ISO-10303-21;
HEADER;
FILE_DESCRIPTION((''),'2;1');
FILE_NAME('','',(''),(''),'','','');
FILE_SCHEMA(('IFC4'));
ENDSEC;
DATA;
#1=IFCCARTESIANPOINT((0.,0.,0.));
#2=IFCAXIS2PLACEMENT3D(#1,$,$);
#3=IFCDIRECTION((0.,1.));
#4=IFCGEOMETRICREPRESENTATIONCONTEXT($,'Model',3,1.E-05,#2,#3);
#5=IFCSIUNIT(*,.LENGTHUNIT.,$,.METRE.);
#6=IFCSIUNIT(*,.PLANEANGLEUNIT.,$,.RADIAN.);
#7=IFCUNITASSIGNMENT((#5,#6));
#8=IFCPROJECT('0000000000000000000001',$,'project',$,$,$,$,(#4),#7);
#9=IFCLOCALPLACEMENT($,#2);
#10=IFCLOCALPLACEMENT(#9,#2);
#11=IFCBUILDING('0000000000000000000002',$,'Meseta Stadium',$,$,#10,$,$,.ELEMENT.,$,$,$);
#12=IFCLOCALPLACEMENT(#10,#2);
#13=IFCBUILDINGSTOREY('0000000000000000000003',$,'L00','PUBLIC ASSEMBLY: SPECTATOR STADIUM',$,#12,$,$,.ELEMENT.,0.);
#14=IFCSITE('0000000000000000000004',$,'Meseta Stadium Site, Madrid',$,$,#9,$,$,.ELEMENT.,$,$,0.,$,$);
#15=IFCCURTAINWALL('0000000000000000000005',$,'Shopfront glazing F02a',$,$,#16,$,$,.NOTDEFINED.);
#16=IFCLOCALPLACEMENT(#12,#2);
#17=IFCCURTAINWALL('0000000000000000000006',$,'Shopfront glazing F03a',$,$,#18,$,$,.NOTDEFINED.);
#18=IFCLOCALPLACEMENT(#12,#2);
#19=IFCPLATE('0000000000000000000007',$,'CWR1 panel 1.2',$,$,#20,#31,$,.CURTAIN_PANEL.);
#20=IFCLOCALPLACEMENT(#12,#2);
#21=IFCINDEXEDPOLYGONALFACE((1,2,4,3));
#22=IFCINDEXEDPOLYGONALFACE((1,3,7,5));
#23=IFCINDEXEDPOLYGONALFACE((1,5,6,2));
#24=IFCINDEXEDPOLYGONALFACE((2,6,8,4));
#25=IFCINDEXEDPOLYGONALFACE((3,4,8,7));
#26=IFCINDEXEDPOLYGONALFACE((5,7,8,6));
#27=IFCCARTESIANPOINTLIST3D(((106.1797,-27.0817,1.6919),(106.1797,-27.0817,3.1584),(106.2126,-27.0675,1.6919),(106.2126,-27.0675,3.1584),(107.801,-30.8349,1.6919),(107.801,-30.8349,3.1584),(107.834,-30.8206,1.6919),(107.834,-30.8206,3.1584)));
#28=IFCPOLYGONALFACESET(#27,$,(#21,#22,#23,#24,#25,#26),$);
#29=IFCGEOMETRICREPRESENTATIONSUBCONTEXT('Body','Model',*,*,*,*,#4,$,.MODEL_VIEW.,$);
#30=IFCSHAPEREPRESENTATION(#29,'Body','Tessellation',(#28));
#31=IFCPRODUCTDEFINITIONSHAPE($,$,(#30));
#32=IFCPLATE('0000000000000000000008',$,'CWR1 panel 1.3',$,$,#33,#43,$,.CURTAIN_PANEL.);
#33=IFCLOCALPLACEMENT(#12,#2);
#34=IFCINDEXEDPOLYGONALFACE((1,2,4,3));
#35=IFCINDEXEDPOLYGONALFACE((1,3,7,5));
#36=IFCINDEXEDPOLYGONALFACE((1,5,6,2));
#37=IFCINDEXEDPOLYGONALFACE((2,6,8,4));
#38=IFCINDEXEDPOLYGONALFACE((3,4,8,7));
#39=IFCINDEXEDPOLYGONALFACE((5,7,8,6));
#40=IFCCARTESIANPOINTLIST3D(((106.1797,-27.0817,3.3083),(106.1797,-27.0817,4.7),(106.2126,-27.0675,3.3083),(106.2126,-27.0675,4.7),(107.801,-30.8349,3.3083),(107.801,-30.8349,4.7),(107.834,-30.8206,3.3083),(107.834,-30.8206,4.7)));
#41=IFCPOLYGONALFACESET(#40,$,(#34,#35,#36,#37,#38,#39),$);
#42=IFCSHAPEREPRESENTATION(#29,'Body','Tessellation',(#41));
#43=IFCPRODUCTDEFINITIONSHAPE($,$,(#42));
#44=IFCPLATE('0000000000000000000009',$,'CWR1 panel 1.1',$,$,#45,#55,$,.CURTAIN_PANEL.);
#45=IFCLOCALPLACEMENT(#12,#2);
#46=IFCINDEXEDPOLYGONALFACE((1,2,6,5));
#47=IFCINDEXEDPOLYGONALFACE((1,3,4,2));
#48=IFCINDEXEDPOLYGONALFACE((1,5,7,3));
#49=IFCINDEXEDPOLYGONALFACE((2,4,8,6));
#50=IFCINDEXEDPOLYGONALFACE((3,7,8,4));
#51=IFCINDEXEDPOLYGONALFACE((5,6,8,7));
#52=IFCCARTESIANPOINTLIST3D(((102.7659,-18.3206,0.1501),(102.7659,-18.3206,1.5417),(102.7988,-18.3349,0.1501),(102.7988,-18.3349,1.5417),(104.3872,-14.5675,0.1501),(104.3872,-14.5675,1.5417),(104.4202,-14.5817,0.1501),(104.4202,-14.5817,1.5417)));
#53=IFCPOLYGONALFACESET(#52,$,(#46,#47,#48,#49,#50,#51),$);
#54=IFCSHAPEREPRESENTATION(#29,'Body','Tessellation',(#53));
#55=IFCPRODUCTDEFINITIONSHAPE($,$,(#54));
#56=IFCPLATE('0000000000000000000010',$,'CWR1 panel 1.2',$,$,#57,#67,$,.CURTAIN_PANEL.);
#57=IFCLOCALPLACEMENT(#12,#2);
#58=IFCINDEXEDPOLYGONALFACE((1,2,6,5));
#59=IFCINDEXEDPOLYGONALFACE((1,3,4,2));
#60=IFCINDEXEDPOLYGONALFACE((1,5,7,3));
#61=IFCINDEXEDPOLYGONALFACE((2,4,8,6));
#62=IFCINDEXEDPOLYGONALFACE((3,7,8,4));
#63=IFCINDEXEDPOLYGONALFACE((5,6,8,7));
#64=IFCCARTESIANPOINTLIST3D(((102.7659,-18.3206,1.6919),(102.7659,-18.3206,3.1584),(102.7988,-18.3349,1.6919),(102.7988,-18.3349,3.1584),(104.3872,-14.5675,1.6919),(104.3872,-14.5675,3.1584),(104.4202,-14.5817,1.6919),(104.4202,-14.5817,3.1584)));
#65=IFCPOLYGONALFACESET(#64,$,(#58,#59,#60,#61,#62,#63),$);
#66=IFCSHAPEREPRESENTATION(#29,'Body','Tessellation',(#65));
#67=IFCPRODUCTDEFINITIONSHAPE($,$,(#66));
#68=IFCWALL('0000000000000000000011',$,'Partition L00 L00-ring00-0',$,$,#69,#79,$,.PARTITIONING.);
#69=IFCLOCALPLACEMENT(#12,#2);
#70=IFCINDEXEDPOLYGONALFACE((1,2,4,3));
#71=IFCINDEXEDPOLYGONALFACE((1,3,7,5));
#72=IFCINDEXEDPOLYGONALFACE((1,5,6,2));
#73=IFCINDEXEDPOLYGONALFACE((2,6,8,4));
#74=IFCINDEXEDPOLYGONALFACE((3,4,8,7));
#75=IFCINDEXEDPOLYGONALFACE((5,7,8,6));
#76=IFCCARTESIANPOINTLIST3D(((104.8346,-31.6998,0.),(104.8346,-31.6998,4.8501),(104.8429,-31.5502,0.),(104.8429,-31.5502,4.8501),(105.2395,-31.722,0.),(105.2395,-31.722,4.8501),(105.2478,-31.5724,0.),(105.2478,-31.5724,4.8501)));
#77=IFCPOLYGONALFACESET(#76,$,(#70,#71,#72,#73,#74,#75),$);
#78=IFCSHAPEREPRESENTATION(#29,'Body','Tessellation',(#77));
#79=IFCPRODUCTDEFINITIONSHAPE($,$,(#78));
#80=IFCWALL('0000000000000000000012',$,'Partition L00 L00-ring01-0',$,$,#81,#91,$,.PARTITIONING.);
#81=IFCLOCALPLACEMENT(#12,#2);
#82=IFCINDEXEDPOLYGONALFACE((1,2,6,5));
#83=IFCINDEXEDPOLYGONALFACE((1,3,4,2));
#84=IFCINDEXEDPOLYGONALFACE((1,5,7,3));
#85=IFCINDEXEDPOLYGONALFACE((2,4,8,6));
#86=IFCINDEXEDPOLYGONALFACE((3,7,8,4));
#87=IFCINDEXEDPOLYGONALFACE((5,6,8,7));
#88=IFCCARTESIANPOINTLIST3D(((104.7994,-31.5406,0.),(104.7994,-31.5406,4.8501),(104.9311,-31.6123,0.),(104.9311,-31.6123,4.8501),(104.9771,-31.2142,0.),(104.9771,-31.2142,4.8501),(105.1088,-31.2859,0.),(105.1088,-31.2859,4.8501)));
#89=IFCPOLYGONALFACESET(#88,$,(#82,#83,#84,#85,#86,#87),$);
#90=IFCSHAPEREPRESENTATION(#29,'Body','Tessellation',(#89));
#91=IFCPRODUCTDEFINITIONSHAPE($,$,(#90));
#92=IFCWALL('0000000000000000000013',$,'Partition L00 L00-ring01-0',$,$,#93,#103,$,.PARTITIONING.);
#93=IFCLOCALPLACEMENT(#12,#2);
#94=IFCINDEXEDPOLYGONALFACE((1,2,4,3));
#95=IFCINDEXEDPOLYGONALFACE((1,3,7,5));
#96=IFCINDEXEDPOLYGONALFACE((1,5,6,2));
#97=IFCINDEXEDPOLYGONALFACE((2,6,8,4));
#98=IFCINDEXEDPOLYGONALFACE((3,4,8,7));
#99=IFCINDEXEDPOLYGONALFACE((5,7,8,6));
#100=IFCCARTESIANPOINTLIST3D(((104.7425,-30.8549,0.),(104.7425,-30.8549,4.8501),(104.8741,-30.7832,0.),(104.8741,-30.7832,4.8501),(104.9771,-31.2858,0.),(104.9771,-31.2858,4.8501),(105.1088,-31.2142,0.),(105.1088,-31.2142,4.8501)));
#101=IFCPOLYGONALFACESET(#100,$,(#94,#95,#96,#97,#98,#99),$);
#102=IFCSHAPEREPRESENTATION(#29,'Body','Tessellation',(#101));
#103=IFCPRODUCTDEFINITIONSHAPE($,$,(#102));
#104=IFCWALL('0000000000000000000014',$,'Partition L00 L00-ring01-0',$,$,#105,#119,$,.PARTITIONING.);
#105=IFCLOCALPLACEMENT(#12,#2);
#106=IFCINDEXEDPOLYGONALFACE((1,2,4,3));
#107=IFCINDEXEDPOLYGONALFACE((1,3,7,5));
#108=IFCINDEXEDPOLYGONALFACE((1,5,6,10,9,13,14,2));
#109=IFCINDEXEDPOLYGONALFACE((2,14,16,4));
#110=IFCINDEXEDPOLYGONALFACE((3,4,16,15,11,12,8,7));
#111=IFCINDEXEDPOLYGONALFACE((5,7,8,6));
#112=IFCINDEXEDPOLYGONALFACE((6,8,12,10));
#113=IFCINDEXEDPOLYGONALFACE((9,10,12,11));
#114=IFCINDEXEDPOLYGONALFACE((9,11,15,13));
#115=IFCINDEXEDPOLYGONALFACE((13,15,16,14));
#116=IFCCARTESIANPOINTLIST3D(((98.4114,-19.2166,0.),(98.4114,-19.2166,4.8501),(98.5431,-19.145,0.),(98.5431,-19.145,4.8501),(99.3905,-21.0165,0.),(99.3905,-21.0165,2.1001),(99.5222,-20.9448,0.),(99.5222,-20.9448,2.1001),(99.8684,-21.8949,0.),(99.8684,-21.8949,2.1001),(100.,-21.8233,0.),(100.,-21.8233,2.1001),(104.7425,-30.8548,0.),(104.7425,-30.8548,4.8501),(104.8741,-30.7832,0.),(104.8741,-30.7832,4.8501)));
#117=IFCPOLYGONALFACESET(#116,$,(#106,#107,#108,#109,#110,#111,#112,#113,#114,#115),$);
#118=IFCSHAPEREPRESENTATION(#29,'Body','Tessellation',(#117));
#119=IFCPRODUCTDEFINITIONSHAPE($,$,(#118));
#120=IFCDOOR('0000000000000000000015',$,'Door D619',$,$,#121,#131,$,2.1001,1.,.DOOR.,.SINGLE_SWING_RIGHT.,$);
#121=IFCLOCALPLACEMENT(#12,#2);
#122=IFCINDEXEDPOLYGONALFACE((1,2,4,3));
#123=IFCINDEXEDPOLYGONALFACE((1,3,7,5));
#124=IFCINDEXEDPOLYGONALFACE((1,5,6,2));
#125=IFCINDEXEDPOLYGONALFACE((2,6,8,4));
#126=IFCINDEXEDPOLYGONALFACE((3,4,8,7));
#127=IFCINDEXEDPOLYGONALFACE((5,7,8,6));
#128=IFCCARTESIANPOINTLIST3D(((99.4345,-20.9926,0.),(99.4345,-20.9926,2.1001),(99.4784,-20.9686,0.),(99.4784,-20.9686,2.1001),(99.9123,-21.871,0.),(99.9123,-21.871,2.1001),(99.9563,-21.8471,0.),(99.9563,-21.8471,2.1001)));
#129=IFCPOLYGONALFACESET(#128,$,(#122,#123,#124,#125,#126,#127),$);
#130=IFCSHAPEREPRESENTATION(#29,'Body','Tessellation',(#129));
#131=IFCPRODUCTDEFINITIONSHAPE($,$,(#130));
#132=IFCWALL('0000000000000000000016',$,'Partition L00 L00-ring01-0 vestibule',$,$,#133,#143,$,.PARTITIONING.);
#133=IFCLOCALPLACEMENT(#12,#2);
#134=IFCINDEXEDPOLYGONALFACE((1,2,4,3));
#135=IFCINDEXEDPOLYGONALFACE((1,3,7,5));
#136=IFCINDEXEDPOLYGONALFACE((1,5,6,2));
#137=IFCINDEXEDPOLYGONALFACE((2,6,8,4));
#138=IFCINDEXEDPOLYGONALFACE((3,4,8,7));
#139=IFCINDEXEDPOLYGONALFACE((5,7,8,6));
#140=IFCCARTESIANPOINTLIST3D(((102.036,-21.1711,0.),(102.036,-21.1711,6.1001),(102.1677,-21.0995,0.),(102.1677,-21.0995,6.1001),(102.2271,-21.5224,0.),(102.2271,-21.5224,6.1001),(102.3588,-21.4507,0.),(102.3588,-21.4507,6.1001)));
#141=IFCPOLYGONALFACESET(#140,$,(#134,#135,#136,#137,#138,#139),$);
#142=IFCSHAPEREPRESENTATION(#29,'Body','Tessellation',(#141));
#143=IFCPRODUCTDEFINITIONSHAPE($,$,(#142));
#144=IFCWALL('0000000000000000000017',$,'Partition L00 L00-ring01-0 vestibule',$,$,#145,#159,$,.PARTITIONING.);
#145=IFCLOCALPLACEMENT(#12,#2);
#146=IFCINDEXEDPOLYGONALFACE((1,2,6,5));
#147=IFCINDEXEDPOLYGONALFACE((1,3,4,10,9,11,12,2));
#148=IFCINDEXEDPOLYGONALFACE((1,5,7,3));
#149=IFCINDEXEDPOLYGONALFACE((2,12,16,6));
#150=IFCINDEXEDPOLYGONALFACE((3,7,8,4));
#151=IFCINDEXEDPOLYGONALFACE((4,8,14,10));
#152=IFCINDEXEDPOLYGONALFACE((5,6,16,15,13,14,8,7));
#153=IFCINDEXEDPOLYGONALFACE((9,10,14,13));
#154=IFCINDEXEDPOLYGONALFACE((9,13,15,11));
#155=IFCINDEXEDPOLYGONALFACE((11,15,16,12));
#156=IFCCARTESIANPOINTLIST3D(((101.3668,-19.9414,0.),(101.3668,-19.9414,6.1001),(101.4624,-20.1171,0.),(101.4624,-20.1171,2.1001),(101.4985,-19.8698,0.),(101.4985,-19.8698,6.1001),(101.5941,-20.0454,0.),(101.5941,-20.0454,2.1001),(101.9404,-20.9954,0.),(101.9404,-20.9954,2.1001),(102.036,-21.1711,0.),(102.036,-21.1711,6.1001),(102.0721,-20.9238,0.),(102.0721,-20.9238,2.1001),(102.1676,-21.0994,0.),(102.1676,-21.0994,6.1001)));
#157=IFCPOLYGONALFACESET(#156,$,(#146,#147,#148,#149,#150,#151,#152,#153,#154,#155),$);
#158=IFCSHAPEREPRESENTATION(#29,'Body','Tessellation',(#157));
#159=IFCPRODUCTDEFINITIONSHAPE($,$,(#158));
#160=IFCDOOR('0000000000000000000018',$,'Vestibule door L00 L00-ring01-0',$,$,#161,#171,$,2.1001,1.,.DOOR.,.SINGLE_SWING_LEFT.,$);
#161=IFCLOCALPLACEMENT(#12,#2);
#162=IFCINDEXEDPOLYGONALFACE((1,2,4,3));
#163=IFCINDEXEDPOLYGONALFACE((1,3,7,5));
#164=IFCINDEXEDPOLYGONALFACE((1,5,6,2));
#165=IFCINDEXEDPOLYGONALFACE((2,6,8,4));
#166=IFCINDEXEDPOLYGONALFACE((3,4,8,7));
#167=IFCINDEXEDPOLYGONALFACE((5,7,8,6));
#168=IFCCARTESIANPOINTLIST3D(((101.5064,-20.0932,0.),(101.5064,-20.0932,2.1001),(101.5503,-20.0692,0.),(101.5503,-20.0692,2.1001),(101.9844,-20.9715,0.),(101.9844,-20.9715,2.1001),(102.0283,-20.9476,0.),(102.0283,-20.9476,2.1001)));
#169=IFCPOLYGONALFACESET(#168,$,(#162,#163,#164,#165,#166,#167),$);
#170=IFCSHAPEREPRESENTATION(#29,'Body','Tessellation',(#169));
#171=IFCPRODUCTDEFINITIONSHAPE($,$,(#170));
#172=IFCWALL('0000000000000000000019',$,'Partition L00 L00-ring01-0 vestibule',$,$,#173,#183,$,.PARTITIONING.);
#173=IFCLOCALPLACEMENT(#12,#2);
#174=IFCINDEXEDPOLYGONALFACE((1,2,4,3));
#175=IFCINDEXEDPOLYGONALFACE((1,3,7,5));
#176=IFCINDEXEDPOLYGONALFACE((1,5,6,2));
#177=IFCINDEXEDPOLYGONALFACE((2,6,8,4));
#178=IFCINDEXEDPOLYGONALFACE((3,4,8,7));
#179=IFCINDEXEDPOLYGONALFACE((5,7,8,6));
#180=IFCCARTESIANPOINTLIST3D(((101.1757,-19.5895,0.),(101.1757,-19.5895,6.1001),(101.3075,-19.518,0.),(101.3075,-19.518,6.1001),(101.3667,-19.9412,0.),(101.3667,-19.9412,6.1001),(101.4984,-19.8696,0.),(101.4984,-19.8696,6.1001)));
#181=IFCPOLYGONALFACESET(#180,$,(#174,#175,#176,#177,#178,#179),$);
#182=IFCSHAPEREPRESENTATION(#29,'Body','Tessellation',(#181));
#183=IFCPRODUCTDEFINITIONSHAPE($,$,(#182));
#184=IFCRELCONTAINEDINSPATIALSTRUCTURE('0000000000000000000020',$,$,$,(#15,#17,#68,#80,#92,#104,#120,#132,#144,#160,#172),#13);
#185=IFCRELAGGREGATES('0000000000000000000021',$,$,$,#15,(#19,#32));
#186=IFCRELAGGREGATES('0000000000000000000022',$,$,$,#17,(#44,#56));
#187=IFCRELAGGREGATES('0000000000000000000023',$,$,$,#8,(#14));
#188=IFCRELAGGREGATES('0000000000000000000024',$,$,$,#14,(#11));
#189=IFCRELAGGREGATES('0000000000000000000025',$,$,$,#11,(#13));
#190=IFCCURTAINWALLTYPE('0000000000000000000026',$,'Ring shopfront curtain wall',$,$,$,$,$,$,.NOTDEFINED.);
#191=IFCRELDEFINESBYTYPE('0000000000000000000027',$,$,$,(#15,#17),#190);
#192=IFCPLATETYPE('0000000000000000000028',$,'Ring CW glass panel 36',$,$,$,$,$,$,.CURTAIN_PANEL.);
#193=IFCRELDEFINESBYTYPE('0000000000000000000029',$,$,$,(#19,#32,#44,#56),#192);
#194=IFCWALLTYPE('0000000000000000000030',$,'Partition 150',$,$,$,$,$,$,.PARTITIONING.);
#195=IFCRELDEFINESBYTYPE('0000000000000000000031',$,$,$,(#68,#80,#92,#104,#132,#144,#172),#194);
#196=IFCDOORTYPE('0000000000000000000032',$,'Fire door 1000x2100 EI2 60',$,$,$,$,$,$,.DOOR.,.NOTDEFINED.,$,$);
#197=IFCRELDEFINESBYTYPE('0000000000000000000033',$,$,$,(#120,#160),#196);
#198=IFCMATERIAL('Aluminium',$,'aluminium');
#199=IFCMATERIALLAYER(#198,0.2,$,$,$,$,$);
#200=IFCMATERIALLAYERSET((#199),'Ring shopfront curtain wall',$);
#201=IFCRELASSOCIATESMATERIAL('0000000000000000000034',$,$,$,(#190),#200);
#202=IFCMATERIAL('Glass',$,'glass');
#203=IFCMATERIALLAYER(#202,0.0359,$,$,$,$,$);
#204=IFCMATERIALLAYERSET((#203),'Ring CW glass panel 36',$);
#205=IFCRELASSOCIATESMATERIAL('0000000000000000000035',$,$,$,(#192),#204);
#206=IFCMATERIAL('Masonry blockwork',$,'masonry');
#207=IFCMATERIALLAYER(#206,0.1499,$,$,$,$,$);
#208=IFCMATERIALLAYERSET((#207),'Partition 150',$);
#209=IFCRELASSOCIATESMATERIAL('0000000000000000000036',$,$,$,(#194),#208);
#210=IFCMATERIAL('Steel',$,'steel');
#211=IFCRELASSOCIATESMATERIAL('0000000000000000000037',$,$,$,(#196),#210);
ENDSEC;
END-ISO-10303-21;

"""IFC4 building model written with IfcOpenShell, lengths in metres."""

from ifc_helpers import new_model, si_unit, direction, frame, frame_2d, origin, origin_2d, place, context, subcontext, project, spatial, rectangle, extrude, material, layer, layer_set, type_object, element, fill, aggregate, save


model = new_model("IFC4")

# Units and contexts
model_context = context("Model", 3, precision=1e-05, world=origin(), true_north=direction((0.0, 1.0)))
body_context = subcontext(model_context, "Body", "Model", "MODEL_VIEW")
ifc_project = project(units=[si_unit("LENGTHUNIT", "METRE"), si_unit("PLANEANGLEUNIT", "RADIAN")], contexts=[model_context])

# Site, building, storey
site_placement = place(None, origin())
site = spatial("IfcSite", under=ifc_project, at=site_placement, Name="Meseta Stadium Site, Madrid", CompositionType="ELEMENT", RefElevation=0.0)
building_placement = place(site_placement, origin())
building = spatial("IfcBuilding", under=site, at=building_placement, Name="Meseta Stadium", CompositionType="ELEMENT")
storey_placement = place(building_placement, origin())
storey = spatial("IfcBuildingStorey", under=building, at=storey_placement, Name="L00", Description="PUBLIC ASSEMBLY: SPECTATOR STADIUM", CompositionType="ELEMENT", Elevation=0.0)

# Shared definitions
ifc_material_1 = material(Name="Aluminium", Category="aluminium")
ifc_layer_1 = layer(ifc_material_1, 0.2)
ifc_layer_set_1 = layer_set([ifc_layer_1], Name="Ring shopfront curtain wall")
curtain_wall_type = type_object("IfcCurtainWallType", Name="Ring shopfront curtain wall", PredefinedType="NOTDEFINED", material=ifc_layer_set_1)

# Curtain wall
curtain_wall_1_placement = place(storey_placement, origin())
curtain_wall_1 = element("IfcCurtainWall", 1, at=curtain_wall_1_placement, inside=storey, type_object=curtain_wall_type, Name="Shopfront glazing F02a", PredefinedType="NOTDEFINED")

# Curtain wall
curtain_wall_2_placement = place(storey_placement, origin())
curtain_wall_2 = element("IfcCurtainWall", 2, at=curtain_wall_2_placement, inside=storey, type_object=curtain_wall_type, Name="Shopfront glazing F03a", PredefinedType="NOTDEFINED")

# Plates
ifc_material_2 = material(Name="Glass", Category="glass")
ifc_layer_2 = layer(ifc_material_2, 0.0359)
ifc_layer_set_2 = layer_set([ifc_layer_2], Name="Ring CW glass panel 36")
plate_type = type_object("IfcPlateType", Name="Ring CW glass panel 36", PredefinedType="CURTAIN_PANEL", material=ifc_layer_set_2)
plate_1_placement = place(storey_placement, frame((107.0068, -28.9512, 1.6919), z_axis=(0.0, 0.0, 1.0), x_axis=(-0.396576, 0.918002, 0.0)))
plate_1 = element("IfcPlate", 3, at=plate_1_placement, type_object=plate_type, Name="CWR1 panel 1.2", PredefinedType="CURTAIN_PANEL", context=body_context, shape_type="SweptSolid", body=[
    extrude(rectangle(XDim=4.0884, YDim=0.0359, at=origin_2d()), origin(), (0.0, 0.0, 1.0), 1.4666),
])
plate_2_placement = place(storey_placement, frame((107.0068, -28.9512, 3.3083), z_axis=(0.0, 0.0, 1.0), x_axis=(-0.396576, 0.918002, 0.0)))
plate_2 = element("IfcPlate", 4, at=plate_2_placement, type_object=plate_type, Name="CWR1 panel 1.3", PredefinedType="CURTAIN_PANEL", context=body_context, shape_type="SweptSolid", body=[
    extrude(rectangle(XDim=4.0884, YDim=0.0359, at=origin_2d()), origin(), (0.0, 0.0, 1.0), 1.3916),
])
aggregate(curtain_wall_1, [plate_1, plate_2])
plate_3_placement = place(storey_placement, frame((103.593, -16.4512, 0.1501), z_axis=(0.0, 0.0, 1.0), x_axis=(0.396576, 0.918002, 0.0)))
plate_3 = element("IfcPlate", 5, at=plate_3_placement, type_object=plate_type, Name="CWR1 panel 1.1", PredefinedType="CURTAIN_PANEL", context=body_context, shape_type="SweptSolid", body=[
    extrude(rectangle(XDim=4.0884, YDim=0.0359, at=origin_2d()), origin(), (0.0, 0.0, 1.0), 1.3916),
])
plate_4_placement = place(storey_placement, frame((103.593, -16.4512, 1.6919), z_axis=(0.0, 0.0, 1.0), x_axis=(0.396576, 0.918002, 0.0)))
plate_4 = element("IfcPlate", 6, at=plate_4_placement, type_object=plate_type, Name="CWR1 panel 1.2", PredefinedType="CURTAIN_PANEL", context=body_context, shape_type="SweptSolid", body=[
    extrude(rectangle(XDim=4.0884, YDim=0.0359, at=origin_2d()), origin(), (0.0, 0.0, 1.0), 1.4666),
])
aggregate(curtain_wall_2, [plate_3, plate_4])

# Walls
ifc_material_3 = material(Name="Masonry blockwork", Category="masonry")
ifc_layer_3 = layer(ifc_material_3, 0.1499)
ifc_layer_set_3 = layer_set([ifc_layer_3], Name="Partition 150")
wall_type_1 = type_object("IfcWallType", Name="Partition 150", PredefinedType="PARTITIONING", material=ifc_layer_set_3)
wall_1_placement = place(storey_placement, frame((104.8389, -31.625, 0.0), z_axis=(0.0, 0.0, 1.0), x_axis=(0.998499, -0.05477, 0.0)))
element("IfcWall", 7, at=wall_1_placement, inside=storey, type_object=wall_type_1, Name="Partition L00 L00-ring00-0", PredefinedType="PARTITIONING", context=body_context, shape_type="SweptSolid", body=[
    extrude(rectangle(XDim=0.4055, YDim=0.1499, at=frame_2d((0.2026, 0.0))), origin(), (0.0, 0.0, 1.0), 4.8501),
])
wall_2_placement = place(storey_placement, frame((104.8652, -31.5764, 0.0), z_axis=(0.0, 0.0, 1.0), x_axis=(0.478208, 0.878247, 0.0)))
element("IfcWall", 8, at=wall_2_placement, inside=storey, type_object=wall_type_1, Name="Partition L00 L00-ring01-0", PredefinedType="PARTITIONING", context=body_context, shape_type="SweptSolid", body=[
    extrude(rectangle(XDim=0.3716, YDim=0.1499, at=frame_2d((0.1858, 0.0))), origin(), (0.0, 0.0, 1.0), 4.8501),
])
wall_3_placement = place(storey_placement, frame((105.043, -31.25, 0.0), z_axis=(0.0, 0.0, 1.0), x_axis=(-0.47819, 0.878257, 0.0)))
element("IfcWall", 9, at=wall_3_placement, inside=storey, type_object=wall_type_1, Name="Partition L00 L00-ring01-0", PredefinedType="PARTITIONING", context=body_context, shape_type="SweptSolid", body=[
    extrude(rectangle(XDim=0.4907, YDim=0.1499, at=frame_2d((0.2454, 0.0))), origin(), (0.0, 0.0, 1.0), 4.8501),
])

# Wall, opening, door
wall_4_placement = place(storey_placement, frame((104.8083, -30.8191, 0.0), z_axis=(0.0, 0.0, 1.0), x_axis=(-0.47786, 0.878436, 0.0)))
wall_4 = element("IfcWall", 10, at=wall_4_placement, inside=storey, type_object=wall_type_1, Name="Partition L00 L00-ring01-0", PredefinedType="PARTITIONING", context=body_context, shape_type="SweptSolid", body=[
    extrude(rectangle(XDim=13.2488, YDim=0.1499, at=frame_2d((6.6245, 0.0))), origin(), (0.0, 0.0, 1.0), 4.8501),
])
opening_1_placement = place(wall_4_placement, frame((10.2, 0.0, 0.0)))
opening_1 = element("IfcOpeningElement", 11, at=opening_1_placement, cuts=wall_4, PredefinedType="OPENING", context=body_context, shape_type="SweptSolid", body=[
    extrude(rectangle(XDim=1.0, YDim=2.1001, at=frame_2d((0.5, 1.05))), frame((0.0, 0.085, 0.0), z_axis=(0.0, -1.0, 0.0), x_axis=(1.0, 0.0, 0.0)), (0.0, 0.0, 1.0), 0.1699),
])
ifc_material_4 = material(Name="Steel", Category="steel")
door_type_1 = type_object("IfcDoorType", Name="Fire door 1000x2100 EI2 60", OperationType="NOTDEFINED", PredefinedType="DOOR", material=ifc_material_4)
door_1_placement = place(opening_1_placement, origin())
door_1 = element("IfcDoor", 12, at=door_1_placement, inside=storey, type_object=door_type_1, Name="Door D619", OperationType="SINGLE_SWING_RIGHT", OverallHeight=2.1001, OverallWidth=1.0, PredefinedType="DOOR", context=body_context, shape_type="SweptSolid", body=[
    extrude(rectangle(XDim=1.0, YDim=2.1001, at=frame_2d((0.5, 1.05))), frame((0.0, 0.0249, 0.0), z_axis=(0.0, -1.0, 0.0), x_axis=(1.0, 0.0, 0.0)), (0.0, 0.0, 1.0), 0.05),
])
fill(opening_1, door_1)

# Wall
wall_5_placement = place(storey_placement, frame((102.293, -21.4866, 0.0), z_axis=(0.0, 0.0, 1.0), x_axis=(-0.477954, 0.878385, 0.0)))
element("IfcWall", 13, at=wall_5_placement, inside=storey, type_object=wall_type_1, Name="Partition L00 L00-ring01-0 vestibule", PredefinedType="PARTITIONING", context=body_context, shape_type="SweptSolid", body=[
    extrude(rectangle(XDim=0.3999, YDim=0.1499, at=frame_2d((0.2, 0.0))), origin(), (0.0, 0.0, 1.0), 6.1001),
])

# Wall, opening, door
wall_6_placement = place(storey_placement, frame((102.1018, -21.1353, 0.0), z_axis=(0.0, 0.0, 1.0), x_axis=(-0.477984, 0.878368, 0.0)))
wall_6 = element("IfcWall", 14, at=wall_6_placement, inside=storey, type_object=wall_type_1, Name="Partition L00 L00-ring01-0 vestibule", PredefinedType="PARTITIONING", context=body_context, shape_type="SweptSolid", body=[
    extrude(rectangle(XDim=1.3999, YDim=0.1499, at=frame_2d((0.7, 0.0))), origin(), (0.0, 0.0, 1.0), 6.1001),
])
opening_2_placement = place(wall_6_placement, frame((0.2, 0.0, 0.0)))
opening_2 = element("IfcOpeningElement", 15, at=opening_2_placement, cuts=wall_6, PredefinedType="OPENING", context=body_context, shape_type="SweptSolid", body=[
    extrude(rectangle(XDim=1.0, YDim=2.1001, at=frame_2d((0.5, 1.05))), frame((0.0, 0.085, 0.0), z_axis=(0.0, -1.0, 0.0), x_axis=(1.0, 0.0, 0.0)), (0.0, 0.0, 1.0), 0.1699),
])
door_2_placement = place(opening_2_placement, origin())
door_2 = element("IfcDoor", 16, at=door_2_placement, inside=storey, type_object=door_type_1, Name="Vestibule door L00 L00-ring01-0", OperationType="SINGLE_SWING_LEFT", OverallHeight=2.1001, OverallWidth=1.0, PredefinedType="DOOR", context=body_context, shape_type="SweptSolid", body=[
    extrude(rectangle(XDim=1.0, YDim=2.1001, at=frame_2d((0.5, 1.05))), frame((0.0, 0.0249, 0.0), z_axis=(0.0, -1.0, 0.0), x_axis=(1.0, 0.0, 0.0)), (0.0, 0.0, 1.0), 0.05),
])
fill(opening_2, door_2)

# Wall
wall_7_placement = place(storey_placement, frame((101.4326, -19.9055, 0.0), z_axis=(0.0, 0.0, 1.0), x_axis=(-0.477227, 0.87878, 0.0)))
element("IfcWall", 17, at=wall_7_placement, inside=storey, type_object=wall_type_1, Name="Partition L00 L00-ring01-0 vestibule", PredefinedType="PARTITIONING", context=body_context, shape_type="SweptSolid", body=[
    extrude(rectangle(XDim=0.4001, YDim=0.1499, at=frame_2d((0.2002, 0.0))), origin(), (0.0, 0.0, 1.0), 6.1001),
])

save(model, "model.ifc")
